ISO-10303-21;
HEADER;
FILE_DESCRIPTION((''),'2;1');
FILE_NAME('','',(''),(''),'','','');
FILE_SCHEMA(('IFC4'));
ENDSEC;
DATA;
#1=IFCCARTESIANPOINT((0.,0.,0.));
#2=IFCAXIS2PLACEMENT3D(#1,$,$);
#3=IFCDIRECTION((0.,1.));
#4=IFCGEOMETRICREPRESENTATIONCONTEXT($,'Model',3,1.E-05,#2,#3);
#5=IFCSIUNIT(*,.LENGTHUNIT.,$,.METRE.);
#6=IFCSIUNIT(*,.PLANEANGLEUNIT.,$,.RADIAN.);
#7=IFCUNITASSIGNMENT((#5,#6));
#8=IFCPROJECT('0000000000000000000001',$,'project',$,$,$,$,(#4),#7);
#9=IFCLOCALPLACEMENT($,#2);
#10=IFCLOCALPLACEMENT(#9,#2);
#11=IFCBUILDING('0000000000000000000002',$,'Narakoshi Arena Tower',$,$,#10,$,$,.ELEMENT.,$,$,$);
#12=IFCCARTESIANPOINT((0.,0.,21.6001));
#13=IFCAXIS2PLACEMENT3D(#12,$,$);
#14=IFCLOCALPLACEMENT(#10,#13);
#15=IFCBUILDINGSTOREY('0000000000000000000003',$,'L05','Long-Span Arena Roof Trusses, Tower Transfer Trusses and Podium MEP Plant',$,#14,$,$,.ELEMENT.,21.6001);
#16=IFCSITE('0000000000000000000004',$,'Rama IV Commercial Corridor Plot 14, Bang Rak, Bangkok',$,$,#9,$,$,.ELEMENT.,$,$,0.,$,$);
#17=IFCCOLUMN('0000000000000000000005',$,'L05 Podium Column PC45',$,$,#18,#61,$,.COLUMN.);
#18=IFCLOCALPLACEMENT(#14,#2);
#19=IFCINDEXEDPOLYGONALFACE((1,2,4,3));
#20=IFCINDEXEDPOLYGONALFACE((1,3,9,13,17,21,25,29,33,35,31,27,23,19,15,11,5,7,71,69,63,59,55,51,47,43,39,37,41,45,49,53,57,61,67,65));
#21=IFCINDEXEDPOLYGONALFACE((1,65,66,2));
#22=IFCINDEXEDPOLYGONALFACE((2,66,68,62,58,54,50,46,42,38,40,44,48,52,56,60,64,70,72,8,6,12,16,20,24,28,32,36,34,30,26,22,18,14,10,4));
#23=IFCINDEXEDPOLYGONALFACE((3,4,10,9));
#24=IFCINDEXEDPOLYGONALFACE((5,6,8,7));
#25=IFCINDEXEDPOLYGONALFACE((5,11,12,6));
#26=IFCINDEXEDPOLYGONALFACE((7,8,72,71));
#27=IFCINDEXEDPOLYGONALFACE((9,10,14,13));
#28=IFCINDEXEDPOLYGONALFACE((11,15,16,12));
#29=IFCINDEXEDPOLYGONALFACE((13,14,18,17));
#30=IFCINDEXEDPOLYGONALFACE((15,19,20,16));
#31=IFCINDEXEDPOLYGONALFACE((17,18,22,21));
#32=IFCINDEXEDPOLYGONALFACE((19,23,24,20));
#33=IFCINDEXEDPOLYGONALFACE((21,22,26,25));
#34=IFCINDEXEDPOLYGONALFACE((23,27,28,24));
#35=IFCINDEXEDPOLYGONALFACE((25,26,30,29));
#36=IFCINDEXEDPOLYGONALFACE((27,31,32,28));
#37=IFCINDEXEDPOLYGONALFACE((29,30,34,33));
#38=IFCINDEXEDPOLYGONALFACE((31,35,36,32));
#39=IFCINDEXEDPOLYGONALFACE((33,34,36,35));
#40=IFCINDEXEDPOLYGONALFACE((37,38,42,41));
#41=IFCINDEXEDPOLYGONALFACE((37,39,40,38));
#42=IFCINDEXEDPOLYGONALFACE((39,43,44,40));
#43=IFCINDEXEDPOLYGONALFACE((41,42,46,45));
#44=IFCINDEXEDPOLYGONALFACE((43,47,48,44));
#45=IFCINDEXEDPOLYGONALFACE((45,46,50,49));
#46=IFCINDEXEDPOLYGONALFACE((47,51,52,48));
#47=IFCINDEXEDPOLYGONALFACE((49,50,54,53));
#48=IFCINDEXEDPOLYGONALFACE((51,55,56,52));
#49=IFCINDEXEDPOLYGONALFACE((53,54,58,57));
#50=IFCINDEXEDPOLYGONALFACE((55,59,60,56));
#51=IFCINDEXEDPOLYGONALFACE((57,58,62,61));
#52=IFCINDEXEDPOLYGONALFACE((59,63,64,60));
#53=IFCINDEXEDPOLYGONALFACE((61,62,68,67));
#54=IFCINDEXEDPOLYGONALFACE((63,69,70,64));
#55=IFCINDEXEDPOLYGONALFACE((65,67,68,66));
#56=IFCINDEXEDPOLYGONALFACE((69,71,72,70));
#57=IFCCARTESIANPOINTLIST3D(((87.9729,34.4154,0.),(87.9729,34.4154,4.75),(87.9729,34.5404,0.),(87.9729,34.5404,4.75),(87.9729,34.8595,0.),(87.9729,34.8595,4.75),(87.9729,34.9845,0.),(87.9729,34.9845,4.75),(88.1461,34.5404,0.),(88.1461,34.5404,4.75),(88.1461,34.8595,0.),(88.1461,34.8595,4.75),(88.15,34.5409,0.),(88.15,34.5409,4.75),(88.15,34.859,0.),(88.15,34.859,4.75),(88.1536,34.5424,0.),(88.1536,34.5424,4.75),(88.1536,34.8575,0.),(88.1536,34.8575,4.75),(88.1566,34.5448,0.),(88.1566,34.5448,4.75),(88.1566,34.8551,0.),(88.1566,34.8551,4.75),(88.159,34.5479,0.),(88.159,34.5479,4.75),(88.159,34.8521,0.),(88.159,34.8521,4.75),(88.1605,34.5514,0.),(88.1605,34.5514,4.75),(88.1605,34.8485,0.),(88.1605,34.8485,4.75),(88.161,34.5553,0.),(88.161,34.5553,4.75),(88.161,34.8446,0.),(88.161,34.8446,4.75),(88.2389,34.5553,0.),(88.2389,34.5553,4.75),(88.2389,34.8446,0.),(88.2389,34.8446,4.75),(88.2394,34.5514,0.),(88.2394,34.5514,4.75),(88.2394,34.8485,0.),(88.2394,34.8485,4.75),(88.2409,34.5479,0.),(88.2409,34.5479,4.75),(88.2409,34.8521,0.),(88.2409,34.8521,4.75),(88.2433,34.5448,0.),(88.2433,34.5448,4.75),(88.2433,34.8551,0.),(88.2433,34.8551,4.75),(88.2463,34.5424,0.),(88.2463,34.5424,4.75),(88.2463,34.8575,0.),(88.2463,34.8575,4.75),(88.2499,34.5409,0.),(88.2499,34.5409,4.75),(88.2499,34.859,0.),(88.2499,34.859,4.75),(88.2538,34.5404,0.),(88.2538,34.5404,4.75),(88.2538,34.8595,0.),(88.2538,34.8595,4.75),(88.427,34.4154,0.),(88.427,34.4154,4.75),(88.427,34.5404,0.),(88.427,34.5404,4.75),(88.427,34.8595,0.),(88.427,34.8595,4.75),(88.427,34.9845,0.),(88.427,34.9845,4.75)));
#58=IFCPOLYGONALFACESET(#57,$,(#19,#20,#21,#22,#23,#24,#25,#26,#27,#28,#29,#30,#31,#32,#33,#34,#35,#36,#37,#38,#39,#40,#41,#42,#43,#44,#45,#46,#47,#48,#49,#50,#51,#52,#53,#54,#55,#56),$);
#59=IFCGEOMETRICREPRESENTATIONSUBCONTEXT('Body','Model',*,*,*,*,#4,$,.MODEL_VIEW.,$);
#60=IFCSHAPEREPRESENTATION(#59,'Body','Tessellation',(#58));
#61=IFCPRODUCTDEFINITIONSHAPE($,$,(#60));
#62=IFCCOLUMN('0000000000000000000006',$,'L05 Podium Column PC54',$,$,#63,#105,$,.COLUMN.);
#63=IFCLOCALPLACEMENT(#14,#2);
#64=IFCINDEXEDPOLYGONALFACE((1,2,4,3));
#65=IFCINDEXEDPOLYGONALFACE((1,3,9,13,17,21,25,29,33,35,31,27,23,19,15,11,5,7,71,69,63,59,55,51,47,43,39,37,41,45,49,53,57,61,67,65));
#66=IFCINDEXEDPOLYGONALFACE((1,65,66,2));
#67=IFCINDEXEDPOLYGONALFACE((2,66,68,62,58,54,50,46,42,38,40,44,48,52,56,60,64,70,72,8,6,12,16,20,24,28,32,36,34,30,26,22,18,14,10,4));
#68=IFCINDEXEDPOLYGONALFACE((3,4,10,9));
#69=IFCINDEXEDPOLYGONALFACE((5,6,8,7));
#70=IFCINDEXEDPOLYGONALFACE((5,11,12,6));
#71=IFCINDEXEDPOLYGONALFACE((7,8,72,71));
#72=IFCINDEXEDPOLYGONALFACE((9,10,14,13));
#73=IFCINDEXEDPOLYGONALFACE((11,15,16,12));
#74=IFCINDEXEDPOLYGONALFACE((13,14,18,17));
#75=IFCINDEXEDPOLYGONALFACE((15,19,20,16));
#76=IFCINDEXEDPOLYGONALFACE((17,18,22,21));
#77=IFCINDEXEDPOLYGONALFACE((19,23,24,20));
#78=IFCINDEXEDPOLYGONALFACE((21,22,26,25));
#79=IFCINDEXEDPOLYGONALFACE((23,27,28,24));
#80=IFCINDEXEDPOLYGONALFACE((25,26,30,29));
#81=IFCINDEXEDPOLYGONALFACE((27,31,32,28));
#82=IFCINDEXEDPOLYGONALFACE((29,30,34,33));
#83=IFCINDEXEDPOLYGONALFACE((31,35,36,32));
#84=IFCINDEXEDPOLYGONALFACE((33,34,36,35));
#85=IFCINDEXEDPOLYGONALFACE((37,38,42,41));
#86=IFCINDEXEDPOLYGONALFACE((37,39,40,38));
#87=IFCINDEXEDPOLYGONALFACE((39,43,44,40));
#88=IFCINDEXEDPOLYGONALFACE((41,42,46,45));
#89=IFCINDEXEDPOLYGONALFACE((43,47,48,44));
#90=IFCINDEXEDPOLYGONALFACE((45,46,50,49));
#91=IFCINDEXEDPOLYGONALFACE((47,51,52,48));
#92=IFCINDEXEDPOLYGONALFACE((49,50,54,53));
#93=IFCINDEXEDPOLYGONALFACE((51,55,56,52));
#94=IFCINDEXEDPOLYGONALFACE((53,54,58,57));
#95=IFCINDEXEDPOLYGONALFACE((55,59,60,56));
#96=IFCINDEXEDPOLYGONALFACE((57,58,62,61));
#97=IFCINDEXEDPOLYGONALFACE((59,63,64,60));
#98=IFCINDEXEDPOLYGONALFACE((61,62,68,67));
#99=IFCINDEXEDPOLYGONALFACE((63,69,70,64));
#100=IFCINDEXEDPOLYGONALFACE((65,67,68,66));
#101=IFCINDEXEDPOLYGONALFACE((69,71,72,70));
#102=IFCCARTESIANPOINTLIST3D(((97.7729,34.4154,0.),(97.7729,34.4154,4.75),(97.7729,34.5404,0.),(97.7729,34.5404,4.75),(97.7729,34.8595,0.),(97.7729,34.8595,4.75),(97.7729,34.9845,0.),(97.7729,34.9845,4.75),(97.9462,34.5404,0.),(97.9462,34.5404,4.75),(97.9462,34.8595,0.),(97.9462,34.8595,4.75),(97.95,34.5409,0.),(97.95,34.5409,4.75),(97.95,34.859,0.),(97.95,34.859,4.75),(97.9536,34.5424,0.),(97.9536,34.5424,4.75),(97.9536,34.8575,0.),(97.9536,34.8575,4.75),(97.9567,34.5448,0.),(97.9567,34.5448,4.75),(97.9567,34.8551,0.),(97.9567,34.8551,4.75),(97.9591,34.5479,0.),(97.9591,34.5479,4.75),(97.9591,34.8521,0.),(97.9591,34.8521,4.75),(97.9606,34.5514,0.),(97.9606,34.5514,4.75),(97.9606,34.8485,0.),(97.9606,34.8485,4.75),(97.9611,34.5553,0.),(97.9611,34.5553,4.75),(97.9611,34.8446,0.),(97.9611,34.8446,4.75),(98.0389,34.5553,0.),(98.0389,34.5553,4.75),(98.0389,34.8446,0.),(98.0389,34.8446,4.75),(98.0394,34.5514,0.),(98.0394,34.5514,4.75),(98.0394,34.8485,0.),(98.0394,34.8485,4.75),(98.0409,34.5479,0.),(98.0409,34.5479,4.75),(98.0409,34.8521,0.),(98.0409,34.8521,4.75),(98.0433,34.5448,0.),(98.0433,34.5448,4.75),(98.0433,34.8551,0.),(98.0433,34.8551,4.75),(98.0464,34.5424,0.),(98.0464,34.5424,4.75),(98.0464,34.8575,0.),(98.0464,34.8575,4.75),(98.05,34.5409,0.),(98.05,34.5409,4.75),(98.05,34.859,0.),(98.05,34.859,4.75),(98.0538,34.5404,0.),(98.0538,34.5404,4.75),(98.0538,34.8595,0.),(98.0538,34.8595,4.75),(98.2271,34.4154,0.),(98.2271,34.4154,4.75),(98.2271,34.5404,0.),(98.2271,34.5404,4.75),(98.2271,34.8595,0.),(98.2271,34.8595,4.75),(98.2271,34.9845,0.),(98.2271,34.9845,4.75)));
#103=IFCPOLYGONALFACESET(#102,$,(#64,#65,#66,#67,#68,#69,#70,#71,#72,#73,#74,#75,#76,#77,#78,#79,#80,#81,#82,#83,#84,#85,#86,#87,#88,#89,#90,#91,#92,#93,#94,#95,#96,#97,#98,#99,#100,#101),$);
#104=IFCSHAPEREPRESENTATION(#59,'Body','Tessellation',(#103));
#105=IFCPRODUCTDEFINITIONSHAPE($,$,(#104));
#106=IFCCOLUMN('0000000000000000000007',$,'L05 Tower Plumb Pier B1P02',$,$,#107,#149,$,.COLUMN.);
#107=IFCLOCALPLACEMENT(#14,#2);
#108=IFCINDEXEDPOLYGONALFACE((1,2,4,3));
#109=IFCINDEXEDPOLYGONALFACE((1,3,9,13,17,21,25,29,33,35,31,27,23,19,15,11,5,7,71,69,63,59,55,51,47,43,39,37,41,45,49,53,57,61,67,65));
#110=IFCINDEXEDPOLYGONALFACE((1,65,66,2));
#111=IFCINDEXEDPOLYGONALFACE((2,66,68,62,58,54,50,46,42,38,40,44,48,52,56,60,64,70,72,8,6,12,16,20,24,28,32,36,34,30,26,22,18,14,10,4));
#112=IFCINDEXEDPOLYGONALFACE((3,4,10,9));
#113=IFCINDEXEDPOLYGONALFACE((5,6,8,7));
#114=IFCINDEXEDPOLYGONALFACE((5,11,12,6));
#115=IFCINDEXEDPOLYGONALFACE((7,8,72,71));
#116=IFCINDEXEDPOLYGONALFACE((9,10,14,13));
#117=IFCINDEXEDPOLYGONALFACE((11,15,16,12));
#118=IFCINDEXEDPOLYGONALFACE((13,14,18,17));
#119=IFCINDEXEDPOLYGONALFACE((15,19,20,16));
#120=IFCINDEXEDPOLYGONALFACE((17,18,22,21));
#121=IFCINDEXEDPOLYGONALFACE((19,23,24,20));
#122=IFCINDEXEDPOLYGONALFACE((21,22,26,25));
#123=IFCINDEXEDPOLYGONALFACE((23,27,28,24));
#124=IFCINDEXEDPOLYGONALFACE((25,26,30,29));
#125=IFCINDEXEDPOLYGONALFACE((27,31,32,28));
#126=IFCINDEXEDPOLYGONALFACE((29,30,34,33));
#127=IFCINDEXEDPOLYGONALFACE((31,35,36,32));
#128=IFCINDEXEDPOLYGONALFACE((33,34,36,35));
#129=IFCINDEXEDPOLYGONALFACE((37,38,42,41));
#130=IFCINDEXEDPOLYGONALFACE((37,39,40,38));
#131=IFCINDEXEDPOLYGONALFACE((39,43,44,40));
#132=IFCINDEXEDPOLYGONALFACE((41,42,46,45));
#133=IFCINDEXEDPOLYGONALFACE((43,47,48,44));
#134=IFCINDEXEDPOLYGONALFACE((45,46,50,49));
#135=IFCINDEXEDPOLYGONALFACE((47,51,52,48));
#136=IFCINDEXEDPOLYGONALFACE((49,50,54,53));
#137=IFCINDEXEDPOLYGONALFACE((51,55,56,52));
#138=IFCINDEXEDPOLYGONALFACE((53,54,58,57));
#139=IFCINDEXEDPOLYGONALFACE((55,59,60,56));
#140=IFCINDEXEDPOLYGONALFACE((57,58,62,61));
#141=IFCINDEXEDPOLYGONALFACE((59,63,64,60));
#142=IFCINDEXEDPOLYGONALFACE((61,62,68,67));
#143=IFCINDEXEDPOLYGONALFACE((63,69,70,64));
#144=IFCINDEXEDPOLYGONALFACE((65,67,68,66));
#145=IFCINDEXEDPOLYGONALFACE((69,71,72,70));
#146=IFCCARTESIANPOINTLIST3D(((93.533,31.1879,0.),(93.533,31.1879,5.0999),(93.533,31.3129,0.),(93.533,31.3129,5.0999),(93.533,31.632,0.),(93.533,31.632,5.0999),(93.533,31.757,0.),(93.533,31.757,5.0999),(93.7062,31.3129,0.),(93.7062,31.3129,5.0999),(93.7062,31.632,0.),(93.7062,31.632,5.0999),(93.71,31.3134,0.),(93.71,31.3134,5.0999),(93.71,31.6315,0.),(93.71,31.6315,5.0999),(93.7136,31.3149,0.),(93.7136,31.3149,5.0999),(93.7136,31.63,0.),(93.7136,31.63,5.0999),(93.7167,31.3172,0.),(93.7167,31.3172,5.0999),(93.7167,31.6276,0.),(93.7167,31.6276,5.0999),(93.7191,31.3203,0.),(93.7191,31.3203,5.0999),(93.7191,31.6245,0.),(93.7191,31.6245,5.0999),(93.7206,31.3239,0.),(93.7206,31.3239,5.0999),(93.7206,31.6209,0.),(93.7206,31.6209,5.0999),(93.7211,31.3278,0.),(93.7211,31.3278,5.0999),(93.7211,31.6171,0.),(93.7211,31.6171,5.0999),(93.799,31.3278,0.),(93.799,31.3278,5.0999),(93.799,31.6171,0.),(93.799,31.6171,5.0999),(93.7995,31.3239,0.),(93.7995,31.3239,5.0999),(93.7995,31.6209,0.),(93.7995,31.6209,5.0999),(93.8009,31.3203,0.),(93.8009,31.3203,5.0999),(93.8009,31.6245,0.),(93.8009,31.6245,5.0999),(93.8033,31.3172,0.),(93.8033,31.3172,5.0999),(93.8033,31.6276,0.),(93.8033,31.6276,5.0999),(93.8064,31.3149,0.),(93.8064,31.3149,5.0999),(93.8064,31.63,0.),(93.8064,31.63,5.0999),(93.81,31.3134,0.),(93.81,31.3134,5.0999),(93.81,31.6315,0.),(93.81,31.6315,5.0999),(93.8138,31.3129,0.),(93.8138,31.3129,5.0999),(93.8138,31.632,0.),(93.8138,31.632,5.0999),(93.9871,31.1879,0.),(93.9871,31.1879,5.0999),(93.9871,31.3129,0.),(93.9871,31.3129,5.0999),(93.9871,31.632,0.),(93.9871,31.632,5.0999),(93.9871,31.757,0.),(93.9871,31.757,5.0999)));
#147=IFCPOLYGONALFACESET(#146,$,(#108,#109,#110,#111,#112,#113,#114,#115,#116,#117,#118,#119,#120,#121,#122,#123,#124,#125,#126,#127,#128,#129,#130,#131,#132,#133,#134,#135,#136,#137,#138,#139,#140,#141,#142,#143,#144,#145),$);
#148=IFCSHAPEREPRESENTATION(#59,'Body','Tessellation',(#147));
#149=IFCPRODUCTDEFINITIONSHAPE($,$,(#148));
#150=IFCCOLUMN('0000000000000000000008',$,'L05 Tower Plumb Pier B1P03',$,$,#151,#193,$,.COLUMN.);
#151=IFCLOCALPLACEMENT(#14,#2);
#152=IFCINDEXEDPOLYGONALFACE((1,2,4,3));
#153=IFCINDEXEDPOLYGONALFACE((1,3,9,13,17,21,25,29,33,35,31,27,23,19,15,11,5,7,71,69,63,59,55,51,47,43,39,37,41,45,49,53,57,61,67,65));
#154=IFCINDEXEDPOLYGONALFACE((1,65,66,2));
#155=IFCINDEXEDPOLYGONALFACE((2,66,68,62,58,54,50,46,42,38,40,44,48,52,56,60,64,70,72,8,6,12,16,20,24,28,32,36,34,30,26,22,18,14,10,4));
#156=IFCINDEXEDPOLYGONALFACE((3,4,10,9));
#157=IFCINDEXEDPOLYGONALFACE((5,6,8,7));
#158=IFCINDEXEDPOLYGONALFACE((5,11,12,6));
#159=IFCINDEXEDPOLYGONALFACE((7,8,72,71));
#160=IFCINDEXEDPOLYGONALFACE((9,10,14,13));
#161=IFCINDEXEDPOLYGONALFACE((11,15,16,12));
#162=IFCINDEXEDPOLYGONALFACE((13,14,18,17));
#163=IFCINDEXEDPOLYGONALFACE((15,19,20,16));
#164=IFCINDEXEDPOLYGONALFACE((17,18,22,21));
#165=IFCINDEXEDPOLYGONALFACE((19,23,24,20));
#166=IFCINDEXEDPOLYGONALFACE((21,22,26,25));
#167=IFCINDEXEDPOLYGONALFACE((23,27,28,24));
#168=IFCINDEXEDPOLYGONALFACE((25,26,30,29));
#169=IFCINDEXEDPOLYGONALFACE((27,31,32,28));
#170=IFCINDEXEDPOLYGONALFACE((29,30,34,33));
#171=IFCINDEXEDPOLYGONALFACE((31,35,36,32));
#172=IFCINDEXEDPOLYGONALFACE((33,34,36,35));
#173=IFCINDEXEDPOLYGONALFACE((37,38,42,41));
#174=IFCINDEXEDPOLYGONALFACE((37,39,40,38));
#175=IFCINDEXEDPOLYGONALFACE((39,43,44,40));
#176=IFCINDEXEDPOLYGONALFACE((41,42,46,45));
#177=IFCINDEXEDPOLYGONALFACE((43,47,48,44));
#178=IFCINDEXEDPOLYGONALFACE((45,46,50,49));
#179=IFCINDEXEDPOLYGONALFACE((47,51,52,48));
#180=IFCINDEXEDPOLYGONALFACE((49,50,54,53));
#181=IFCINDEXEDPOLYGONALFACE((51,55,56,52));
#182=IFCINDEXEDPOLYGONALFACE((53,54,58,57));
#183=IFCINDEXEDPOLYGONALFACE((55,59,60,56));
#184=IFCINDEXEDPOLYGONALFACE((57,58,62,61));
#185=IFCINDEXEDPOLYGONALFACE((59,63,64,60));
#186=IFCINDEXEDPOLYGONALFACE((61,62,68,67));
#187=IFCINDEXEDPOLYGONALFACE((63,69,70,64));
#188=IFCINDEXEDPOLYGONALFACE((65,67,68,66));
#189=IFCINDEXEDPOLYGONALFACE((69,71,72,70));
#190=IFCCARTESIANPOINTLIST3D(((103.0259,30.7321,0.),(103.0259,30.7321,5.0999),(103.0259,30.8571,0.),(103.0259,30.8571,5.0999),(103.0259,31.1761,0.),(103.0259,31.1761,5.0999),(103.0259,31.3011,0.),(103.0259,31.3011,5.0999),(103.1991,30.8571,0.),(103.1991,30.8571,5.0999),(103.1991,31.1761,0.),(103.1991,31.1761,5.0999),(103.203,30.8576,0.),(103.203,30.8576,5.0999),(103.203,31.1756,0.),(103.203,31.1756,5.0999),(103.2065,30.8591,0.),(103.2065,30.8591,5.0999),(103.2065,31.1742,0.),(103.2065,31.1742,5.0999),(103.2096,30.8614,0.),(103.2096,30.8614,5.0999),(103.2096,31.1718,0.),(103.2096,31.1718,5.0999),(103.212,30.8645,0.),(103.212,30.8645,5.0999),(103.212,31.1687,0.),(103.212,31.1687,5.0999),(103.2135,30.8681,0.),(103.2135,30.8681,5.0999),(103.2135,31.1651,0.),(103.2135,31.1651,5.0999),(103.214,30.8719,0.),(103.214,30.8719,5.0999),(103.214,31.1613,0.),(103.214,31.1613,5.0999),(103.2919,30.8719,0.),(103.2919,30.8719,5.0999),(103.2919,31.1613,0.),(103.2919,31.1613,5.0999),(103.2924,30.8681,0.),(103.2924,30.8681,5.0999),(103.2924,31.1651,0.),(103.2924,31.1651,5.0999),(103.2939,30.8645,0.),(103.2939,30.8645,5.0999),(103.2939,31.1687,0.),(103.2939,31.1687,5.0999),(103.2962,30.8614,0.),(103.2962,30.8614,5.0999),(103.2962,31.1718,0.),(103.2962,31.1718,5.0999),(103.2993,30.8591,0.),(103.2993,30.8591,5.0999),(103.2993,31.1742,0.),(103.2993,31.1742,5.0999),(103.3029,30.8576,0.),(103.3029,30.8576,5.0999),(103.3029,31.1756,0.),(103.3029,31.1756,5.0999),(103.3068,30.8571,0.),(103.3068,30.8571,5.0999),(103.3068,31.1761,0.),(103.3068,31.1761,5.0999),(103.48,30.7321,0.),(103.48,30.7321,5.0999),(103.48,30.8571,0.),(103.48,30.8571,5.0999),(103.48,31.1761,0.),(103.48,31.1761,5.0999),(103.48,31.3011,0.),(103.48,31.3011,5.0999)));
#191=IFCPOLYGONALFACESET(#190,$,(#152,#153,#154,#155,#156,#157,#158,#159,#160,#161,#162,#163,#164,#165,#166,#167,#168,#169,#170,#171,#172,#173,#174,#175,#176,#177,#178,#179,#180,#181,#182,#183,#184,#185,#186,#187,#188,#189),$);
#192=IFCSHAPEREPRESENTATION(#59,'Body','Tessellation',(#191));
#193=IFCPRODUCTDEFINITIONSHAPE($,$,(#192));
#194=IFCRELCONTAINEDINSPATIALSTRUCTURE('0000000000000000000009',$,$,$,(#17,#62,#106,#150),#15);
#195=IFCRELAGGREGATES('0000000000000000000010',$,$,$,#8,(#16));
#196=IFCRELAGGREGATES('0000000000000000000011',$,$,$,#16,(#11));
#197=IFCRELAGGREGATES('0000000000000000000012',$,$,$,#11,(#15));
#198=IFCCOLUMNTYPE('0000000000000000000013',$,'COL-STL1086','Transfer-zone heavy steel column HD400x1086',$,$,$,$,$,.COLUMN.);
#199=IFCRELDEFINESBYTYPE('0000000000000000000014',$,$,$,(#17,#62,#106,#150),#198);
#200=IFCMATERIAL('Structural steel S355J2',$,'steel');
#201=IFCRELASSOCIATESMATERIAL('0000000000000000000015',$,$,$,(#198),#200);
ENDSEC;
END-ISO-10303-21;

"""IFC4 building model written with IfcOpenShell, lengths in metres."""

from ifc_helpers import new_model, si_unit, direction, frame, origin, origin_2d, place, context, subcontext, project, spatial, i_section, extrude, material, material_profile, profile_set, type_object, element, save


model = new_model("IFC4")

# Units and contexts
model_context = context("Model", 3, precision=1e-05, world=origin(), true_north=direction((0.0, 1.0)))
body_context = subcontext(model_context, "Body", "Model", "MODEL_VIEW")
ifc_project = project(units=[si_unit("LENGTHUNIT", "METRE"), si_unit("PLANEANGLEUNIT", "RADIAN")], contexts=[model_context])

# Site, building, storey
site_placement = place(None, origin())
site = spatial("IfcSite", under=ifc_project, at=site_placement, Name="Rama IV Commercial Corridor Plot 14, Bang Rak, Bangkok", CompositionType="ELEMENT", RefElevation=0.0)
building_placement = place(site_placement, origin())
building = spatial("IfcBuilding", under=site, at=building_placement, Name="Narakoshi Arena Tower", CompositionType="ELEMENT")
storey_placement = place(building_placement, frame((0.0, 0.0, 21.6001)))
storey = spatial("IfcBuildingStorey", under=building, at=storey_placement, Name="L05", Description="Long-Span Arena Roof Trusses, Tower Transfer Trusses and Podium MEP Plant", CompositionType="ELEMENT", Elevation=21.6001)

# Columns
ifc_material_1 = material(Name="Structural steel S355J2", Category="steel")
ifc_material_profile_1 = material_profile(ifc_material_1, i_section(OverallWidth=0.4541, OverallDepth=0.5691, WebThickness=0.0779, FlangeThickness=0.125, FilletRadius=0.0149, at=origin_2d()), Name="HD400x1086")
ifc_profile_set_1 = profile_set([ifc_material_profile_1], Name="Structural steel S355J2")
column_type = type_object("IfcColumnType", Name="COL-STL1086", Description="Transfer-zone heavy steel column HD400x1086", PredefinedType="COLUMN", material=ifc_profile_set_1)
for number, where, z_axis, x_axis, name in (
    (1, (88.2, 34.7, 0.0), (0.0, 0.0, 1.0), (1.0, 0.0, 0.0), "L05 Podium Column PC45"),
    (2, (98.0, 34.7, 0.0), (0.0, 0.0, 1.0), (1.0, 0.0, 0.0), "L05 Podium Column PC54"),
):
    element("IfcColumn", number, at=place(storey_placement, frame(where, z_axis=z_axis, x_axis=x_axis)), inside=storey, type_object=column_type, Name=name, PredefinedType="COLUMN", context=body_context, shape_type="SweptSolid", body=[
        extrude(i_section(OverallWidth=0.4541, OverallDepth=0.5691, WebThickness=0.0779, FlangeThickness=0.125, FilletRadius=0.0149, at=origin_2d()), origin(), (0.0, 0.0, 1.0), 4.75),
    ])
for number, where, z_axis, x_axis, name in (
    (3, (93.76, 31.4724, 0.0), (0.0, 0.0, 1.0), (1.0, 0.0, 0.0), "L05 Tower Plumb Pier B1P02"),
    (4, (103.2529, 31.0166, 0.0), (0.0, 0.0, 1.0), (1.0, 0.0, 0.0), "L05 Tower Plumb Pier B1P03"),
):
    element("IfcColumn", number, at=place(storey_placement, frame(where, z_axis=z_axis, x_axis=x_axis)), inside=storey, type_object=column_type, Name=name, PredefinedType="COLUMN", context=body_context, shape_type="SweptSolid", body=[
        extrude(i_section(OverallWidth=0.4541, OverallDepth=0.5691, WebThickness=0.0779, FlangeThickness=0.125, FilletRadius=0.0149, at=origin_2d()), origin(), (0.0, 0.0, 1.0), 5.0999),
    ])

save(model, "model.ifc")
